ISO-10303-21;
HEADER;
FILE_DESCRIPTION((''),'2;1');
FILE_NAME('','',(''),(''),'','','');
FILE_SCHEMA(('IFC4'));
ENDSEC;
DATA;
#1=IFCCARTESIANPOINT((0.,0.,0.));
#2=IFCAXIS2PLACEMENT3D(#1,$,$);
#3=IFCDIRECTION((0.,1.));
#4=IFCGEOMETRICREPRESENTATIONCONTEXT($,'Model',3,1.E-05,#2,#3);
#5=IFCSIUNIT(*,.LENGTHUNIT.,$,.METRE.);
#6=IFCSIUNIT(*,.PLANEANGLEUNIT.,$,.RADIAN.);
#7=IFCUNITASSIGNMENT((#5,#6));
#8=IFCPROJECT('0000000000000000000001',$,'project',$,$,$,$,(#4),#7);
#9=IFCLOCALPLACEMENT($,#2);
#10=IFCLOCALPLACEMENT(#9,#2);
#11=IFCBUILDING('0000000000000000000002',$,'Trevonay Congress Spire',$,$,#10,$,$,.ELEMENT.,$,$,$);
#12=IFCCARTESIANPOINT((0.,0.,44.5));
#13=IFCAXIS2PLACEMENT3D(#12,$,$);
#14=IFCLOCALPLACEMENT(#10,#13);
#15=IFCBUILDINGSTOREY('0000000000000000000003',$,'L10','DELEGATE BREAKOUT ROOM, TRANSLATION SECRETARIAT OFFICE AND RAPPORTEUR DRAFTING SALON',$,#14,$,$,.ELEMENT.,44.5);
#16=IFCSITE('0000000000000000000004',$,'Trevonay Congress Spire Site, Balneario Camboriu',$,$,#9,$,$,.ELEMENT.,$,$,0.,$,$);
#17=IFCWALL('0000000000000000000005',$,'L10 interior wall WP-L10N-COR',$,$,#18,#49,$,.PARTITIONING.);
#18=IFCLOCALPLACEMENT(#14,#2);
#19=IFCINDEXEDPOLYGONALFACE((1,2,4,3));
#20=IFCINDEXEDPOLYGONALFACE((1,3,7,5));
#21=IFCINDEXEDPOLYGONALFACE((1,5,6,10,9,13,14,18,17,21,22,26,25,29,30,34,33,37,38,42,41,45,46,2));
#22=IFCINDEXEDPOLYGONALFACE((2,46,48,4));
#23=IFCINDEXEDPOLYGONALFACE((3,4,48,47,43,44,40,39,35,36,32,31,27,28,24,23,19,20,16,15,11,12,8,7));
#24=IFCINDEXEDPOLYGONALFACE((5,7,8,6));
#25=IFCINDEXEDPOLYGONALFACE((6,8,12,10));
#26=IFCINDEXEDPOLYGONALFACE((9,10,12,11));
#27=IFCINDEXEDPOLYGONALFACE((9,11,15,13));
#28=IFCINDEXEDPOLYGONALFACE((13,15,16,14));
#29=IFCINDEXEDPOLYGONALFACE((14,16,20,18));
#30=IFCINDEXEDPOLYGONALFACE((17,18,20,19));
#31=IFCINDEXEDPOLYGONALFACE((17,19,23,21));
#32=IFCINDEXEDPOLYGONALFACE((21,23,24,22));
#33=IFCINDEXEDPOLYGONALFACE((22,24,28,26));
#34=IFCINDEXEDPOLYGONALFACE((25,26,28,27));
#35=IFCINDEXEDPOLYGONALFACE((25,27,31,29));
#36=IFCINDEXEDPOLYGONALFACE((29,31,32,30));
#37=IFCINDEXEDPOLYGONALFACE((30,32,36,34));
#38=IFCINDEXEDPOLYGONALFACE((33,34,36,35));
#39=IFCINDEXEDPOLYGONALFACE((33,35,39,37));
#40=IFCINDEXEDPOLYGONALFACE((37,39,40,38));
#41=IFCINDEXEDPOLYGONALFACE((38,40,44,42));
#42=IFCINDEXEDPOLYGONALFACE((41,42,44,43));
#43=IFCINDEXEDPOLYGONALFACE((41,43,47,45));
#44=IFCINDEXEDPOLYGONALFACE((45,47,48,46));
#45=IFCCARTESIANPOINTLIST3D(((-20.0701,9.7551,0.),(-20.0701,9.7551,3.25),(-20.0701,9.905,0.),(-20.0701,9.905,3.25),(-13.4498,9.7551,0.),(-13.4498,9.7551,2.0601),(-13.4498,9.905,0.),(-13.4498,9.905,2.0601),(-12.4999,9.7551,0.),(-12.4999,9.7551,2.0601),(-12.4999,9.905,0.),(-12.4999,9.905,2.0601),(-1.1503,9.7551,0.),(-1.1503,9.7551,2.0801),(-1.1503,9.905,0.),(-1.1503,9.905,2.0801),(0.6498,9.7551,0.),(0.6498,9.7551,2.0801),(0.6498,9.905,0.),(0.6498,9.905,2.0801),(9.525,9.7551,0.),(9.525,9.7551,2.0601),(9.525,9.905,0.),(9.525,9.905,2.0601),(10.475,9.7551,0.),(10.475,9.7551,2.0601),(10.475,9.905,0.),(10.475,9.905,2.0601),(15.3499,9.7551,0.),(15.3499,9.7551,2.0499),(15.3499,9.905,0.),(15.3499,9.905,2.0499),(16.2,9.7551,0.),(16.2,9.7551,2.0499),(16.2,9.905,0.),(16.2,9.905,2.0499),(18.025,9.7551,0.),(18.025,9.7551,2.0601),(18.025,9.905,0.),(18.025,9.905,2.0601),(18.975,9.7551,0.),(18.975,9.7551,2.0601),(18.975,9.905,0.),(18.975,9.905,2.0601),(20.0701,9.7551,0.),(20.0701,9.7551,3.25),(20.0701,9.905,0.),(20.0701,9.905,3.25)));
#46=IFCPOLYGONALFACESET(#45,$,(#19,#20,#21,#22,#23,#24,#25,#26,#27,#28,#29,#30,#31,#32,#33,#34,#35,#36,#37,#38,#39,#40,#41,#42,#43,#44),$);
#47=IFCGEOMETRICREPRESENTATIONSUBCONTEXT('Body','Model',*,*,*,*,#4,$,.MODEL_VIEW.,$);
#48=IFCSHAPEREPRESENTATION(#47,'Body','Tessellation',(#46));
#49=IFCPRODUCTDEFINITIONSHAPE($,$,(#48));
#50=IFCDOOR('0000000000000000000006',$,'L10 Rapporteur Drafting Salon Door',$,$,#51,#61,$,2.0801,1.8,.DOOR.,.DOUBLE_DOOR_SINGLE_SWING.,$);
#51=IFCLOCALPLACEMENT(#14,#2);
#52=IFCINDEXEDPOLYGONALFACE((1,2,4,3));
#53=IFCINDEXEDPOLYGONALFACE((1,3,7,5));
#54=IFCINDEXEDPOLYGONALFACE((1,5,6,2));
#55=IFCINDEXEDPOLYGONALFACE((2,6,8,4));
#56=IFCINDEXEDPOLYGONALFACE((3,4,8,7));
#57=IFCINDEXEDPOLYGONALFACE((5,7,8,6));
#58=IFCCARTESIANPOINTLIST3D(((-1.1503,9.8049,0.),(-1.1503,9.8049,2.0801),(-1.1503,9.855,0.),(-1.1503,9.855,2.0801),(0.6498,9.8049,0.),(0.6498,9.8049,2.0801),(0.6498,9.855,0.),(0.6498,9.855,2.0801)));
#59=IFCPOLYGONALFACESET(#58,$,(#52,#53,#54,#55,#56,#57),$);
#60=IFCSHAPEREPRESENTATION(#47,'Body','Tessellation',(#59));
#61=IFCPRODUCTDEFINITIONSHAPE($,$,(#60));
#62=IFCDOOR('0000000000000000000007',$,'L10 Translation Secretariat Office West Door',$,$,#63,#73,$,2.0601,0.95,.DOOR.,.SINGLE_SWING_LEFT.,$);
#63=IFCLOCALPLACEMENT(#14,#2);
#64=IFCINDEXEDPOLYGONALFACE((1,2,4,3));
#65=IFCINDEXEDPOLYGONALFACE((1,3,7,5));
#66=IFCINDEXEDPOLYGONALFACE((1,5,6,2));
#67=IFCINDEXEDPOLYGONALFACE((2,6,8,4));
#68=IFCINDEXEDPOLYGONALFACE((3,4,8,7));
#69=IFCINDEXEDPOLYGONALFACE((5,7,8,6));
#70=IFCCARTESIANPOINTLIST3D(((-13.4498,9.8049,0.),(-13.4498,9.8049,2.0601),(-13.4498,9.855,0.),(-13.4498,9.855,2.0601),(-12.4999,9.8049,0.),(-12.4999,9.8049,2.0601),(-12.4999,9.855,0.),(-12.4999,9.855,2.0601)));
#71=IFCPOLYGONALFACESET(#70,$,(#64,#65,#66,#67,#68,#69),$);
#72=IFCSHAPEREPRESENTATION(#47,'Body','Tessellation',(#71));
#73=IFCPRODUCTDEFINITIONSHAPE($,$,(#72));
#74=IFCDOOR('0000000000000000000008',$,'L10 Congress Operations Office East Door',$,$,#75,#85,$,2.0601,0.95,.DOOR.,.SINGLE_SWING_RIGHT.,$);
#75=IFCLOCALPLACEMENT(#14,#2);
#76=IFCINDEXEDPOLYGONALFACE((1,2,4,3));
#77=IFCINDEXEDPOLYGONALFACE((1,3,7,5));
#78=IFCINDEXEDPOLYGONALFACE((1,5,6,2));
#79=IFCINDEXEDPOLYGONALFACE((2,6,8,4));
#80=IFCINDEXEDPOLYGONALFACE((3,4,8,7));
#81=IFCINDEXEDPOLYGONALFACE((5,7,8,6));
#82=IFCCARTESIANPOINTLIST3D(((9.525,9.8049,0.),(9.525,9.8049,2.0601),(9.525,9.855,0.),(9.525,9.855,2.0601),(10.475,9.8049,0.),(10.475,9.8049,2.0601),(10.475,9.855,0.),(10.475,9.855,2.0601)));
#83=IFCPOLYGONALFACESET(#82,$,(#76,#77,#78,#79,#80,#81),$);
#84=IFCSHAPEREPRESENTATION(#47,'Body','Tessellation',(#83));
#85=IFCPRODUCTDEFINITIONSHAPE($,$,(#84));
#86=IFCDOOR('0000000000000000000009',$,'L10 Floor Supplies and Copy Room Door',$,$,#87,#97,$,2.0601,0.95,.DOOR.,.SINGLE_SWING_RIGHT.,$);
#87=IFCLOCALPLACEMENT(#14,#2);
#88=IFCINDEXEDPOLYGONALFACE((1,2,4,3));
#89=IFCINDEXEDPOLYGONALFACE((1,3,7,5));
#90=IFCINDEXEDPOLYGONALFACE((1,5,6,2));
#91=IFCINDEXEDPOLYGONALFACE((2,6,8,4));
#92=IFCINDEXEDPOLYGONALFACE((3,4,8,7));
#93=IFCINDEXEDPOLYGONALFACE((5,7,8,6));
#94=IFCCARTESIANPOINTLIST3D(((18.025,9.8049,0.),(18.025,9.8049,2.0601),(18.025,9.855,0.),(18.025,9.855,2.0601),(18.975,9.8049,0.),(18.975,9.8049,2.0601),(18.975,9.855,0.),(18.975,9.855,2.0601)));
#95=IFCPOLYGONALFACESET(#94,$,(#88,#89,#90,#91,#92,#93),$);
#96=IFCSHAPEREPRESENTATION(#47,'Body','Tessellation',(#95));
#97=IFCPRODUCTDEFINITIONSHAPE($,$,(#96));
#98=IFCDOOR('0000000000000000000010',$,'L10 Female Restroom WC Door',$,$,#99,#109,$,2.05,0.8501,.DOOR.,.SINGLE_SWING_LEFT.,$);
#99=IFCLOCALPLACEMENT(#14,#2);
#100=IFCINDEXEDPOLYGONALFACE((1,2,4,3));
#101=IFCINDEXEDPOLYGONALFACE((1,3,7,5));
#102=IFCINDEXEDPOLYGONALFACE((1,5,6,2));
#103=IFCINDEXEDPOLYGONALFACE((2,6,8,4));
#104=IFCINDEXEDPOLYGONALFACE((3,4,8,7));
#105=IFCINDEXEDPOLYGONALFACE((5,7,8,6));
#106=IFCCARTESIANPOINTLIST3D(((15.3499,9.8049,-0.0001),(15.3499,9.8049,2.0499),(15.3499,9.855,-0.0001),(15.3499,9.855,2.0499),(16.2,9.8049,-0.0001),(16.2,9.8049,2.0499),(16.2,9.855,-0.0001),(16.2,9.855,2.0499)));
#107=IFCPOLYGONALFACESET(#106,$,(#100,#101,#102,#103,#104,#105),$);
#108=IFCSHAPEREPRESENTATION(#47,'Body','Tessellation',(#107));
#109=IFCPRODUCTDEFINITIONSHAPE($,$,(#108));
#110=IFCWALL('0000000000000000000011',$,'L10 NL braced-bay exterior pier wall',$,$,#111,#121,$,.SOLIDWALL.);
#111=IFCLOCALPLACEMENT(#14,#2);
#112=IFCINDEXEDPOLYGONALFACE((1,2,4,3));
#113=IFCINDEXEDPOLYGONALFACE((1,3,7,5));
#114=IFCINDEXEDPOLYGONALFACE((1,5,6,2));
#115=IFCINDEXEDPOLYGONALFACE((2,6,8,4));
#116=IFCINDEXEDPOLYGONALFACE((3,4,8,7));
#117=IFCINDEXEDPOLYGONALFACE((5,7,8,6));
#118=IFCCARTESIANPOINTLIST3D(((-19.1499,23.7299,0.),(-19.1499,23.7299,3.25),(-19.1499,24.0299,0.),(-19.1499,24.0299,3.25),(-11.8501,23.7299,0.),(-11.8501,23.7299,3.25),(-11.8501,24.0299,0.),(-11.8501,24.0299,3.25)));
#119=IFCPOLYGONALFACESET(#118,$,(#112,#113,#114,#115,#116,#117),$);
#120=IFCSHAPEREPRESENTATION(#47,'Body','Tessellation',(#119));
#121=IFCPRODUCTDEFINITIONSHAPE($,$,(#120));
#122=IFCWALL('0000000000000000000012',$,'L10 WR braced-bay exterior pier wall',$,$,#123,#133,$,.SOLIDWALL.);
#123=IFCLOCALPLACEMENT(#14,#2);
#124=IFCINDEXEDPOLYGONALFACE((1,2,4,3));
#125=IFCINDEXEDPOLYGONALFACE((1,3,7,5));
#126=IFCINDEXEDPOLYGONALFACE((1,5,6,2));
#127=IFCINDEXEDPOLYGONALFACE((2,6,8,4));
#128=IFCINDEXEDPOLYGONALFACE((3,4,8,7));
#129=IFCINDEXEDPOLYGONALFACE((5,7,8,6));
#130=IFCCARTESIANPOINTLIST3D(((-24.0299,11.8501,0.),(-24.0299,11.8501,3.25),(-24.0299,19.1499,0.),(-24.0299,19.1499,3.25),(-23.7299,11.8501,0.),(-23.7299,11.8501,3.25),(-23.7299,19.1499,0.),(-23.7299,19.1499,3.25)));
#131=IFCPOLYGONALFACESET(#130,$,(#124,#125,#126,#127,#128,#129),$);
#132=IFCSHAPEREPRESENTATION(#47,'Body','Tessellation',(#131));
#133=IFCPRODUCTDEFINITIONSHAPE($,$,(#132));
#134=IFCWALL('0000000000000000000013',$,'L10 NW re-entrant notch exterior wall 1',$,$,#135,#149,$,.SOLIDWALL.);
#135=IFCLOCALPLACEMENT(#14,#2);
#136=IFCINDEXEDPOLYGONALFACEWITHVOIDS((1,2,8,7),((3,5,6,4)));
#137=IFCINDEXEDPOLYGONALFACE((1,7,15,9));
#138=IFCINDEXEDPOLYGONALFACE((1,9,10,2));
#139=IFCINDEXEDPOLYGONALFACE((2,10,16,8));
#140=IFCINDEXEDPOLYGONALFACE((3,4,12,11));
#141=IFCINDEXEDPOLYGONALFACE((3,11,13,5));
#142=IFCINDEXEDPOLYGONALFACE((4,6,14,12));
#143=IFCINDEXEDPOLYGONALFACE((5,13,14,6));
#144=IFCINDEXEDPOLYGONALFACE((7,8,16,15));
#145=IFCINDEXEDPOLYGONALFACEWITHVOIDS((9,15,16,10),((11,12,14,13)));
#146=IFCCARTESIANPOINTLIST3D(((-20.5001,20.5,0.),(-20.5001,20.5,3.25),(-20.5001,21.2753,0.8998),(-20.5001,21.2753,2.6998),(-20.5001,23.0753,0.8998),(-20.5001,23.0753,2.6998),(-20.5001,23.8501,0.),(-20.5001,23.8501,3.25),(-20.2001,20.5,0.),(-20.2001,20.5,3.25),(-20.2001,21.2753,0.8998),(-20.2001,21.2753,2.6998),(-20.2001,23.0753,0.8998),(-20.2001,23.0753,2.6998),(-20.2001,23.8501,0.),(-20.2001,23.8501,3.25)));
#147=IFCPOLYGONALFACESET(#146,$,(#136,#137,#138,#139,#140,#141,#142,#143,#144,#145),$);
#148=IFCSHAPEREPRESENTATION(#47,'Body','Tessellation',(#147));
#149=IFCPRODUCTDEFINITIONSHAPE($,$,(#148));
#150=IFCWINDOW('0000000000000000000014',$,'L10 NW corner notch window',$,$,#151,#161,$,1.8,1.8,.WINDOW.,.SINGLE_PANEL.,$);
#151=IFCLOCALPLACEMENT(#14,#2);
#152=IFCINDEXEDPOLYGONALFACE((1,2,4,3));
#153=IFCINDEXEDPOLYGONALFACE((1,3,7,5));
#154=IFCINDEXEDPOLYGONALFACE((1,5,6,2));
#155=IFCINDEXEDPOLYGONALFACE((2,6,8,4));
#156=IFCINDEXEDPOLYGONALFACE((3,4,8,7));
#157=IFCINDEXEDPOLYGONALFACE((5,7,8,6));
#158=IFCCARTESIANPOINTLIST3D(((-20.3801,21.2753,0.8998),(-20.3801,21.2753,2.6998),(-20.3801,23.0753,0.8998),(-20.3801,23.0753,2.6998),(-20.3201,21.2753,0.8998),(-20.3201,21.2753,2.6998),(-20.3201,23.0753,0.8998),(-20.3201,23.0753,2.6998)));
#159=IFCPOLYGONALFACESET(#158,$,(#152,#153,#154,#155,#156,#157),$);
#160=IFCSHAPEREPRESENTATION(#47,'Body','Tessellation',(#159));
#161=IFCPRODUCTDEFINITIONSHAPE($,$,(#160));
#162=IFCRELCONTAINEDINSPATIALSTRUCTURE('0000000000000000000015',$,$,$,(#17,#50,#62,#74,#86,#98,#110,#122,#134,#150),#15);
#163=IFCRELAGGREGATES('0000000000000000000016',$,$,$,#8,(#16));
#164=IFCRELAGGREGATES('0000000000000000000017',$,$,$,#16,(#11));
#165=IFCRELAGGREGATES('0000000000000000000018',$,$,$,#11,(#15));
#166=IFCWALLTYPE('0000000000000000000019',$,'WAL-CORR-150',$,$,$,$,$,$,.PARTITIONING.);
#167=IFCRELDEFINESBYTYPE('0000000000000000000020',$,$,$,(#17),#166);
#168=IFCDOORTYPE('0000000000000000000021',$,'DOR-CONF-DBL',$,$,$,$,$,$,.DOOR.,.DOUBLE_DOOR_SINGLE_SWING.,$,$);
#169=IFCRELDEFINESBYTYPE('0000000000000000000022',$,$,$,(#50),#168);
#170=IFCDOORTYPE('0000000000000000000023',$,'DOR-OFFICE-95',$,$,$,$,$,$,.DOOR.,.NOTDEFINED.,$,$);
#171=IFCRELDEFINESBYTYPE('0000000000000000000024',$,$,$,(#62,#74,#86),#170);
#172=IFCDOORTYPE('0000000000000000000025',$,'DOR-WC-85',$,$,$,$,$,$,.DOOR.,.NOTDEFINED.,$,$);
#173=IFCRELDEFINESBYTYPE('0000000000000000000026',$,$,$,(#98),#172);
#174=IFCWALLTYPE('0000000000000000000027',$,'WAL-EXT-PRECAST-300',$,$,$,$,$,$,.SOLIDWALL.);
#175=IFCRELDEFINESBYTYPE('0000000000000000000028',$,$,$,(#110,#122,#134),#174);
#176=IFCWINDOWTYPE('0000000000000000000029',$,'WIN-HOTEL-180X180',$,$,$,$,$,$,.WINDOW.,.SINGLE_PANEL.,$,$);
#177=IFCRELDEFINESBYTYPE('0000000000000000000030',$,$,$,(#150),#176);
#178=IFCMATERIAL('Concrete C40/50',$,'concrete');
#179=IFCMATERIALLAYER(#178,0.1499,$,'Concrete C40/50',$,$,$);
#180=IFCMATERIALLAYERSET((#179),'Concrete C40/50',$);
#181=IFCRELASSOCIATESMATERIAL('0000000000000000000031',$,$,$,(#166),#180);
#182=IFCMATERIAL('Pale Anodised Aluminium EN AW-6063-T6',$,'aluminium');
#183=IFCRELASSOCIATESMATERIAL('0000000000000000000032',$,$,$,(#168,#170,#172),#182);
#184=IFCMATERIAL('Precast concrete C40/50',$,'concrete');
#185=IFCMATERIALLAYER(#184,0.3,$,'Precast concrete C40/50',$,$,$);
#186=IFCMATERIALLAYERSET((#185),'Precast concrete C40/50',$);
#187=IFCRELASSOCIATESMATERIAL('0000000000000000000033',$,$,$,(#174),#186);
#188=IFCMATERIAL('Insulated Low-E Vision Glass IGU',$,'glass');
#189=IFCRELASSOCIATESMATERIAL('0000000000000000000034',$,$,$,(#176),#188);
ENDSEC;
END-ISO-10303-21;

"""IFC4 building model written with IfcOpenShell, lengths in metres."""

from ifc_helpers import new_model, si_unit, direction, frame, frame_2d, origin, place, context, subcontext, project, spatial, rectangle, extrude, material, layer, layer_set, type_object, element, fill, save


model = new_model("IFC4")

# Units and contexts
model_context = context("Model", 3, precision=1e-05, world=origin(), true_north=direction((0.0, 1.0)))
body_context = subcontext(model_context, "Body", "Model", "MODEL_VIEW")
ifc_project = project(units=[si_unit("LENGTHUNIT", "METRE"), si_unit("PLANEANGLEUNIT", "RADIAN")], contexts=[model_context])

# Site, building, storey
site_placement = place(None, origin())
site = spatial("IfcSite", under=ifc_project, at=site_placement, Name="Trevonay Congress Spire Site, Balneario Camboriu", CompositionType="ELEMENT", RefElevation=0.0)
building_placement = place(site_placement, origin())
building = spatial("IfcBuilding", under=site, at=building_placement, Name="Trevonay Congress Spire", CompositionType="ELEMENT")
storey_placement = place(building_placement, frame((0.0, 0.0, 44.5)))
storey = spatial("IfcBuildingStorey", under=building, at=storey_placement, Name="L10", Description="DELEGATE BREAKOUT ROOM, TRANSLATION SECRETARIAT OFFICE AND RAPPORTEUR DRAFTING SALON", CompositionType="ELEMENT", Elevation=44.5)

# Shared definitions
ifc_material_1 = material(Name="Pale Anodised Aluminium EN AW-6063-T6", Category="aluminium")

# Shared definitions
ifc_material_2 = material(Name="Insulated Low-E Vision Glass IGU", Category="glass")

# Wall, openings, doors
ifc_material_3 = material(Name="Concrete C40/50", Category="concrete")
ifc_layer_1 = layer(ifc_material_3, 0.1499, Name="Concrete C40/50")
ifc_layer_set_1 = layer_set([ifc_layer_1], Name="Concrete C40/50")
wall_type_1 = type_object("IfcWallType", Name="WAL-CORR-150", PredefinedType="PARTITIONING", material=ifc_layer_set_1)
wall_1_placement = place(storey_placement, frame((-20.0701, 9.8301, 0.0), z_axis=(0.0, 0.0, 1.0), x_axis=(1.0, 0.0, 0.0)))
wall_1 = element("IfcWall", 1, at=wall_1_placement, inside=storey, type_object=wall_type_1, Name="L10 interior wall WP-L10N-COR", PredefinedType="PARTITIONING", context=body_context, shape_type="SweptSolid", body=[
    extrude(rectangle(XDim=40.1401, YDim=0.1499, at=frame_2d((20.0701, 0.0))), origin(), (0.0, 0.0, 1.0), 3.25),
])
opening_1_placement = place(wall_1_placement, frame((6.6201, 0.0, 0.0)))
opening_1 = element("IfcOpeningElement", 2, at=opening_1_placement, cuts=wall_1, PredefinedType="OPENING", context=body_context, shape_type="SweptSolid", body=[
    extrude(rectangle(XDim=0.95, YDim=2.0601, at=frame_2d((0.4751, 1.03))), frame((0.0, 0.085, 0.0), z_axis=(0.0, -1.0, 0.0), x_axis=(1.0, 0.0, 0.0)), (0.0, 0.0, 1.0), 0.1699),
])
opening_2_placement = place(wall_1_placement, frame((18.9199, 0.0, 0.0)))
opening_2 = element("IfcOpeningElement", 3, at=opening_2_placement, cuts=wall_1, PredefinedType="OPENING", context=body_context, shape_type="SweptSolid", body=[
    extrude(rectangle(XDim=1.8, YDim=2.0801, at=frame_2d((0.8999, 1.04))), frame((0.0, 0.085, 0.0), z_axis=(0.0, -1.0, 0.0), x_axis=(1.0, 0.0, 0.0)), (0.0, 0.0, 1.0), 0.1699),
])
opening_3_placement = place(wall_1_placement, frame((29.595, 0.0, 0.0)))
opening_3 = element("IfcOpeningElement", 4, at=opening_3_placement, cuts=wall_1, PredefinedType="OPENING", context=body_context, shape_type="SweptSolid", body=[
    extrude(rectangle(XDim=0.95, YDim=2.0601, at=frame_2d((0.4751, 1.03))), frame((0.0, 0.085, 0.0), z_axis=(0.0, -1.0, 0.0), x_axis=(1.0, 0.0, 0.0)), (0.0, 0.0, 1.0), 0.1699),
])
opening_4_placement = place(wall_1_placement, frame((35.4199, 0.0, 0.0)))
opening_4 = element("IfcOpeningElement", 5, at=opening_4_placement, cuts=wall_1, PredefinedType="OPENING", context=body_context, shape_type="SweptSolid", body=[
    extrude(rectangle(XDim=0.8501, YDim=2.05, at=frame_2d((0.425, 1.0249))), frame((0.0, 0.085, 0.0), z_axis=(0.0, -1.0, 0.0), x_axis=(1.0, 0.0, 0.0)), (0.0, 0.0, 1.0), 0.1699),
])
opening_5_placement = place(wall_1_placement, frame((38.095, 0.0, 0.0)))
opening_5 = element("IfcOpeningElement", 6, at=opening_5_placement, cuts=wall_1, PredefinedType="OPENING", context=body_context, shape_type="SweptSolid", body=[
    extrude(rectangle(XDim=0.95, YDim=2.0601, at=frame_2d((0.4751, 1.03))), frame((0.0, 0.085, 0.0), z_axis=(0.0, -1.0, 0.0), x_axis=(1.0, 0.0, 0.0)), (0.0, 0.0, 1.0), 0.1699),
])
door_type_1 = type_object("IfcDoorType", Name="DOR-CONF-DBL", OperationType="DOUBLE_DOOR_SINGLE_SWING", PredefinedType="DOOR", material=ifc_material_1)
door_1_placement = place(opening_2_placement, origin())
door_1 = element("IfcDoor", 7, at=door_1_placement, inside=storey, type_object=door_type_1, Name="L10 Rapporteur Drafting Salon Door", OperationType="DOUBLE_DOOR_SINGLE_SWING", OverallHeight=2.0801, OverallWidth=1.8, PredefinedType="DOOR", context=body_context, shape_type="SweptSolid", body=[
    extrude(rectangle(XDim=1.8, YDim=2.0801, at=frame_2d((0.8999, 1.04))), frame((0.0, 0.0249, 0.0), z_axis=(0.0, -1.0, 0.0), x_axis=(1.0, 0.0, 0.0)), (0.0, 0.0, 1.0), 0.05),
])
fill(opening_2, door_1)
door_type_2 = type_object("IfcDoorType", Name="DOR-OFFICE-95", OperationType="NOTDEFINED", PredefinedType="DOOR", material=ifc_material_1)
door_2_placement = place(opening_1_placement, origin())
door_2 = element("IfcDoor", 8, at=door_2_placement, inside=storey, type_object=door_type_2, Name="L10 Translation Secretariat Office West Door", OperationType="SINGLE_SWING_LEFT", OverallHeight=2.0601, OverallWidth=0.95, PredefinedType="DOOR", context=body_context, shape_type="SweptSolid", body=[
    extrude(rectangle(XDim=0.95, YDim=2.0601, at=frame_2d((0.4751, 1.03))), frame((0.0, 0.0249, 0.0), z_axis=(0.0, -1.0, 0.0), x_axis=(1.0, 0.0, 0.0)), (0.0, 0.0, 1.0), 0.05),
])
fill(opening_1, door_2)
door_3_placement = place(opening_3_placement, origin())
door_3 = element("IfcDoor", 9, at=door_3_placement, inside=storey, type_object=door_type_2, Name="L10 Congress Operations Office East Door", OperationType="SINGLE_SWING_RIGHT", OverallHeight=2.0601, OverallWidth=0.95, PredefinedType="DOOR", context=body_context, shape_type="SweptSolid", body=[
    extrude(rectangle(XDim=0.95, YDim=2.0601, at=frame_2d((0.4751, 1.03))), frame((0.0, 0.0249, 0.0), z_axis=(0.0, -1.0, 0.0), x_axis=(1.0, 0.0, 0.0)), (0.0, 0.0, 1.0), 0.05),
])
fill(opening_3, door_3)
door_4_placement = place(opening_5_placement, origin())
door_4 = element("IfcDoor", 10, at=door_4_placement, inside=storey, type_object=door_type_2, Name="L10 Floor Supplies and Copy Room Door", OperationType="SINGLE_SWING_RIGHT", OverallHeight=2.0601, OverallWidth=0.95, PredefinedType="DOOR", context=body_context, shape_type="SweptSolid", body=[
    extrude(rectangle(XDim=0.95, YDim=2.0601, at=frame_2d((0.4751, 1.03))), frame((0.0, 0.0249, 0.0), z_axis=(0.0, -1.0, 0.0), x_axis=(1.0, 0.0, 0.0)), (0.0, 0.0, 1.0), 0.05),
])
fill(opening_5, door_4)
door_type_3 = type_object("IfcDoorType", Name="DOR-WC-85", OperationType="NOTDEFINED", PredefinedType="DOOR", material=ifc_material_1)
door_5_placement = place(opening_4_placement, origin())
door_5 = element("IfcDoor", 11, at=door_5_placement, inside=storey, type_object=door_type_3, Name="L10 Female Restroom WC Door", OperationType="SINGLE_SWING_LEFT", OverallHeight=2.05, OverallWidth=0.8501, PredefinedType="DOOR", context=body_context, shape_type="SweptSolid", body=[
    extrude(rectangle(XDim=0.8501, YDim=2.05, at=frame_2d((0.425, 1.0249))), frame((0.0, 0.0249, 0.0), z_axis=(0.0, -1.0, 0.0), x_axis=(1.0, 0.0, 0.0)), (0.0, 0.0, 1.0), 0.05),
])
fill(opening_4, door_5)

# Walls
ifc_material_4 = material(Name="Precast concrete C40/50", Category="concrete")
ifc_layer_2 = layer(ifc_material_4, 0.3, Name="Precast concrete C40/50")
ifc_layer_set_2 = layer_set([ifc_layer_2], Name="Precast concrete C40/50")
wall_type_2 = type_object("IfcWallType", Name="WAL-EXT-PRECAST-300", PredefinedType="SOLIDWALL", material=ifc_layer_set_2)
for number, where, z_axis, x_axis, name in (
    (12, (-19.1499, 23.8799, 0.0), (0.0, 0.0, 1.0), (1.0, 0.0, 0.0), "L10 NL braced-bay exterior pier wall"),
    (13, (-23.8799, 11.8501, 0.0), (0.0, 0.0, 1.0), (0.0, 1.0, 0.0), "L10 WR braced-bay exterior pier wall"),
):
    element("IfcWall", number, at=place(storey_placement, frame(where, z_axis=z_axis, x_axis=x_axis)), inside=storey, type_object=wall_type_2, Name=name, PredefinedType="SOLIDWALL", context=body_context, shape_type="SweptSolid", body=[
        extrude(rectangle(XDim=7.2998, YDim=0.3, at=frame_2d((3.6499, 0.0))), origin(), (0.0, 0.0, 1.0), 3.25),
    ])

# Wall, opening, window
wall_2_placement = place(storey_placement, frame((-20.3501, 23.8501, 0.0), z_axis=(0.0, 0.0, 1.0), x_axis=(0.0, -1.0, 0.0)))
wall_2 = element("IfcWall", 14, at=wall_2_placement, inside=storey, type_object=wall_type_2, Name="L10 NW re-entrant notch exterior wall 1", PredefinedType="SOLIDWALL", context=body_context, shape_type="SweptSolid", body=[
    extrude(rectangle(XDim=3.3501, YDim=0.3, at=frame_2d((1.675, 0.0))), origin(), (0.0, 0.0, 1.0), 3.25),
])
opening_6_placement = place(wall_2_placement, frame((0.7749, 0.0, 0.8999)))
opening_6 = element("IfcOpeningElement", 15, at=opening_6_placement, cuts=wall_2, PredefinedType="OPENING", context=body_context, shape_type="SweptSolid", body=[
    extrude(rectangle(XDim=1.8, YDim=1.8, at=frame_2d((0.8999, 0.8999))), frame((0.0, 0.1602, 0.0), z_axis=(0.0, -1.0, 0.0), x_axis=(1.0, 0.0, 0.0)), (0.0, 0.0, 1.0), 0.3201),
])
window_type = type_object("IfcWindowType", Name="WIN-HOTEL-180X180", PartitioningType="SINGLE_PANEL", PredefinedType="WINDOW", material=ifc_material_2)
window_placement = place(opening_6_placement, origin())
window = element("IfcWindow", 16, at=window_placement, inside=storey, type_object=window_type, Name="L10 NW corner notch window", OverallHeight=1.8, OverallWidth=1.8, PartitioningType="SINGLE_PANEL", PredefinedType="WINDOW", context=body_context, shape_type="SweptSolid", body=[
    extrude(rectangle(XDim=1.8, YDim=1.8, at=frame_2d((0.8999, 0.8999))), frame((0.0, 0.03, 0.0), z_axis=(0.0, -1.0, 0.0), x_axis=(1.0, 0.0, 0.0)), (0.0, 0.0, 1.0), 0.0601),
])
fill(opening_6, window)

save(model, "model.ifc")
